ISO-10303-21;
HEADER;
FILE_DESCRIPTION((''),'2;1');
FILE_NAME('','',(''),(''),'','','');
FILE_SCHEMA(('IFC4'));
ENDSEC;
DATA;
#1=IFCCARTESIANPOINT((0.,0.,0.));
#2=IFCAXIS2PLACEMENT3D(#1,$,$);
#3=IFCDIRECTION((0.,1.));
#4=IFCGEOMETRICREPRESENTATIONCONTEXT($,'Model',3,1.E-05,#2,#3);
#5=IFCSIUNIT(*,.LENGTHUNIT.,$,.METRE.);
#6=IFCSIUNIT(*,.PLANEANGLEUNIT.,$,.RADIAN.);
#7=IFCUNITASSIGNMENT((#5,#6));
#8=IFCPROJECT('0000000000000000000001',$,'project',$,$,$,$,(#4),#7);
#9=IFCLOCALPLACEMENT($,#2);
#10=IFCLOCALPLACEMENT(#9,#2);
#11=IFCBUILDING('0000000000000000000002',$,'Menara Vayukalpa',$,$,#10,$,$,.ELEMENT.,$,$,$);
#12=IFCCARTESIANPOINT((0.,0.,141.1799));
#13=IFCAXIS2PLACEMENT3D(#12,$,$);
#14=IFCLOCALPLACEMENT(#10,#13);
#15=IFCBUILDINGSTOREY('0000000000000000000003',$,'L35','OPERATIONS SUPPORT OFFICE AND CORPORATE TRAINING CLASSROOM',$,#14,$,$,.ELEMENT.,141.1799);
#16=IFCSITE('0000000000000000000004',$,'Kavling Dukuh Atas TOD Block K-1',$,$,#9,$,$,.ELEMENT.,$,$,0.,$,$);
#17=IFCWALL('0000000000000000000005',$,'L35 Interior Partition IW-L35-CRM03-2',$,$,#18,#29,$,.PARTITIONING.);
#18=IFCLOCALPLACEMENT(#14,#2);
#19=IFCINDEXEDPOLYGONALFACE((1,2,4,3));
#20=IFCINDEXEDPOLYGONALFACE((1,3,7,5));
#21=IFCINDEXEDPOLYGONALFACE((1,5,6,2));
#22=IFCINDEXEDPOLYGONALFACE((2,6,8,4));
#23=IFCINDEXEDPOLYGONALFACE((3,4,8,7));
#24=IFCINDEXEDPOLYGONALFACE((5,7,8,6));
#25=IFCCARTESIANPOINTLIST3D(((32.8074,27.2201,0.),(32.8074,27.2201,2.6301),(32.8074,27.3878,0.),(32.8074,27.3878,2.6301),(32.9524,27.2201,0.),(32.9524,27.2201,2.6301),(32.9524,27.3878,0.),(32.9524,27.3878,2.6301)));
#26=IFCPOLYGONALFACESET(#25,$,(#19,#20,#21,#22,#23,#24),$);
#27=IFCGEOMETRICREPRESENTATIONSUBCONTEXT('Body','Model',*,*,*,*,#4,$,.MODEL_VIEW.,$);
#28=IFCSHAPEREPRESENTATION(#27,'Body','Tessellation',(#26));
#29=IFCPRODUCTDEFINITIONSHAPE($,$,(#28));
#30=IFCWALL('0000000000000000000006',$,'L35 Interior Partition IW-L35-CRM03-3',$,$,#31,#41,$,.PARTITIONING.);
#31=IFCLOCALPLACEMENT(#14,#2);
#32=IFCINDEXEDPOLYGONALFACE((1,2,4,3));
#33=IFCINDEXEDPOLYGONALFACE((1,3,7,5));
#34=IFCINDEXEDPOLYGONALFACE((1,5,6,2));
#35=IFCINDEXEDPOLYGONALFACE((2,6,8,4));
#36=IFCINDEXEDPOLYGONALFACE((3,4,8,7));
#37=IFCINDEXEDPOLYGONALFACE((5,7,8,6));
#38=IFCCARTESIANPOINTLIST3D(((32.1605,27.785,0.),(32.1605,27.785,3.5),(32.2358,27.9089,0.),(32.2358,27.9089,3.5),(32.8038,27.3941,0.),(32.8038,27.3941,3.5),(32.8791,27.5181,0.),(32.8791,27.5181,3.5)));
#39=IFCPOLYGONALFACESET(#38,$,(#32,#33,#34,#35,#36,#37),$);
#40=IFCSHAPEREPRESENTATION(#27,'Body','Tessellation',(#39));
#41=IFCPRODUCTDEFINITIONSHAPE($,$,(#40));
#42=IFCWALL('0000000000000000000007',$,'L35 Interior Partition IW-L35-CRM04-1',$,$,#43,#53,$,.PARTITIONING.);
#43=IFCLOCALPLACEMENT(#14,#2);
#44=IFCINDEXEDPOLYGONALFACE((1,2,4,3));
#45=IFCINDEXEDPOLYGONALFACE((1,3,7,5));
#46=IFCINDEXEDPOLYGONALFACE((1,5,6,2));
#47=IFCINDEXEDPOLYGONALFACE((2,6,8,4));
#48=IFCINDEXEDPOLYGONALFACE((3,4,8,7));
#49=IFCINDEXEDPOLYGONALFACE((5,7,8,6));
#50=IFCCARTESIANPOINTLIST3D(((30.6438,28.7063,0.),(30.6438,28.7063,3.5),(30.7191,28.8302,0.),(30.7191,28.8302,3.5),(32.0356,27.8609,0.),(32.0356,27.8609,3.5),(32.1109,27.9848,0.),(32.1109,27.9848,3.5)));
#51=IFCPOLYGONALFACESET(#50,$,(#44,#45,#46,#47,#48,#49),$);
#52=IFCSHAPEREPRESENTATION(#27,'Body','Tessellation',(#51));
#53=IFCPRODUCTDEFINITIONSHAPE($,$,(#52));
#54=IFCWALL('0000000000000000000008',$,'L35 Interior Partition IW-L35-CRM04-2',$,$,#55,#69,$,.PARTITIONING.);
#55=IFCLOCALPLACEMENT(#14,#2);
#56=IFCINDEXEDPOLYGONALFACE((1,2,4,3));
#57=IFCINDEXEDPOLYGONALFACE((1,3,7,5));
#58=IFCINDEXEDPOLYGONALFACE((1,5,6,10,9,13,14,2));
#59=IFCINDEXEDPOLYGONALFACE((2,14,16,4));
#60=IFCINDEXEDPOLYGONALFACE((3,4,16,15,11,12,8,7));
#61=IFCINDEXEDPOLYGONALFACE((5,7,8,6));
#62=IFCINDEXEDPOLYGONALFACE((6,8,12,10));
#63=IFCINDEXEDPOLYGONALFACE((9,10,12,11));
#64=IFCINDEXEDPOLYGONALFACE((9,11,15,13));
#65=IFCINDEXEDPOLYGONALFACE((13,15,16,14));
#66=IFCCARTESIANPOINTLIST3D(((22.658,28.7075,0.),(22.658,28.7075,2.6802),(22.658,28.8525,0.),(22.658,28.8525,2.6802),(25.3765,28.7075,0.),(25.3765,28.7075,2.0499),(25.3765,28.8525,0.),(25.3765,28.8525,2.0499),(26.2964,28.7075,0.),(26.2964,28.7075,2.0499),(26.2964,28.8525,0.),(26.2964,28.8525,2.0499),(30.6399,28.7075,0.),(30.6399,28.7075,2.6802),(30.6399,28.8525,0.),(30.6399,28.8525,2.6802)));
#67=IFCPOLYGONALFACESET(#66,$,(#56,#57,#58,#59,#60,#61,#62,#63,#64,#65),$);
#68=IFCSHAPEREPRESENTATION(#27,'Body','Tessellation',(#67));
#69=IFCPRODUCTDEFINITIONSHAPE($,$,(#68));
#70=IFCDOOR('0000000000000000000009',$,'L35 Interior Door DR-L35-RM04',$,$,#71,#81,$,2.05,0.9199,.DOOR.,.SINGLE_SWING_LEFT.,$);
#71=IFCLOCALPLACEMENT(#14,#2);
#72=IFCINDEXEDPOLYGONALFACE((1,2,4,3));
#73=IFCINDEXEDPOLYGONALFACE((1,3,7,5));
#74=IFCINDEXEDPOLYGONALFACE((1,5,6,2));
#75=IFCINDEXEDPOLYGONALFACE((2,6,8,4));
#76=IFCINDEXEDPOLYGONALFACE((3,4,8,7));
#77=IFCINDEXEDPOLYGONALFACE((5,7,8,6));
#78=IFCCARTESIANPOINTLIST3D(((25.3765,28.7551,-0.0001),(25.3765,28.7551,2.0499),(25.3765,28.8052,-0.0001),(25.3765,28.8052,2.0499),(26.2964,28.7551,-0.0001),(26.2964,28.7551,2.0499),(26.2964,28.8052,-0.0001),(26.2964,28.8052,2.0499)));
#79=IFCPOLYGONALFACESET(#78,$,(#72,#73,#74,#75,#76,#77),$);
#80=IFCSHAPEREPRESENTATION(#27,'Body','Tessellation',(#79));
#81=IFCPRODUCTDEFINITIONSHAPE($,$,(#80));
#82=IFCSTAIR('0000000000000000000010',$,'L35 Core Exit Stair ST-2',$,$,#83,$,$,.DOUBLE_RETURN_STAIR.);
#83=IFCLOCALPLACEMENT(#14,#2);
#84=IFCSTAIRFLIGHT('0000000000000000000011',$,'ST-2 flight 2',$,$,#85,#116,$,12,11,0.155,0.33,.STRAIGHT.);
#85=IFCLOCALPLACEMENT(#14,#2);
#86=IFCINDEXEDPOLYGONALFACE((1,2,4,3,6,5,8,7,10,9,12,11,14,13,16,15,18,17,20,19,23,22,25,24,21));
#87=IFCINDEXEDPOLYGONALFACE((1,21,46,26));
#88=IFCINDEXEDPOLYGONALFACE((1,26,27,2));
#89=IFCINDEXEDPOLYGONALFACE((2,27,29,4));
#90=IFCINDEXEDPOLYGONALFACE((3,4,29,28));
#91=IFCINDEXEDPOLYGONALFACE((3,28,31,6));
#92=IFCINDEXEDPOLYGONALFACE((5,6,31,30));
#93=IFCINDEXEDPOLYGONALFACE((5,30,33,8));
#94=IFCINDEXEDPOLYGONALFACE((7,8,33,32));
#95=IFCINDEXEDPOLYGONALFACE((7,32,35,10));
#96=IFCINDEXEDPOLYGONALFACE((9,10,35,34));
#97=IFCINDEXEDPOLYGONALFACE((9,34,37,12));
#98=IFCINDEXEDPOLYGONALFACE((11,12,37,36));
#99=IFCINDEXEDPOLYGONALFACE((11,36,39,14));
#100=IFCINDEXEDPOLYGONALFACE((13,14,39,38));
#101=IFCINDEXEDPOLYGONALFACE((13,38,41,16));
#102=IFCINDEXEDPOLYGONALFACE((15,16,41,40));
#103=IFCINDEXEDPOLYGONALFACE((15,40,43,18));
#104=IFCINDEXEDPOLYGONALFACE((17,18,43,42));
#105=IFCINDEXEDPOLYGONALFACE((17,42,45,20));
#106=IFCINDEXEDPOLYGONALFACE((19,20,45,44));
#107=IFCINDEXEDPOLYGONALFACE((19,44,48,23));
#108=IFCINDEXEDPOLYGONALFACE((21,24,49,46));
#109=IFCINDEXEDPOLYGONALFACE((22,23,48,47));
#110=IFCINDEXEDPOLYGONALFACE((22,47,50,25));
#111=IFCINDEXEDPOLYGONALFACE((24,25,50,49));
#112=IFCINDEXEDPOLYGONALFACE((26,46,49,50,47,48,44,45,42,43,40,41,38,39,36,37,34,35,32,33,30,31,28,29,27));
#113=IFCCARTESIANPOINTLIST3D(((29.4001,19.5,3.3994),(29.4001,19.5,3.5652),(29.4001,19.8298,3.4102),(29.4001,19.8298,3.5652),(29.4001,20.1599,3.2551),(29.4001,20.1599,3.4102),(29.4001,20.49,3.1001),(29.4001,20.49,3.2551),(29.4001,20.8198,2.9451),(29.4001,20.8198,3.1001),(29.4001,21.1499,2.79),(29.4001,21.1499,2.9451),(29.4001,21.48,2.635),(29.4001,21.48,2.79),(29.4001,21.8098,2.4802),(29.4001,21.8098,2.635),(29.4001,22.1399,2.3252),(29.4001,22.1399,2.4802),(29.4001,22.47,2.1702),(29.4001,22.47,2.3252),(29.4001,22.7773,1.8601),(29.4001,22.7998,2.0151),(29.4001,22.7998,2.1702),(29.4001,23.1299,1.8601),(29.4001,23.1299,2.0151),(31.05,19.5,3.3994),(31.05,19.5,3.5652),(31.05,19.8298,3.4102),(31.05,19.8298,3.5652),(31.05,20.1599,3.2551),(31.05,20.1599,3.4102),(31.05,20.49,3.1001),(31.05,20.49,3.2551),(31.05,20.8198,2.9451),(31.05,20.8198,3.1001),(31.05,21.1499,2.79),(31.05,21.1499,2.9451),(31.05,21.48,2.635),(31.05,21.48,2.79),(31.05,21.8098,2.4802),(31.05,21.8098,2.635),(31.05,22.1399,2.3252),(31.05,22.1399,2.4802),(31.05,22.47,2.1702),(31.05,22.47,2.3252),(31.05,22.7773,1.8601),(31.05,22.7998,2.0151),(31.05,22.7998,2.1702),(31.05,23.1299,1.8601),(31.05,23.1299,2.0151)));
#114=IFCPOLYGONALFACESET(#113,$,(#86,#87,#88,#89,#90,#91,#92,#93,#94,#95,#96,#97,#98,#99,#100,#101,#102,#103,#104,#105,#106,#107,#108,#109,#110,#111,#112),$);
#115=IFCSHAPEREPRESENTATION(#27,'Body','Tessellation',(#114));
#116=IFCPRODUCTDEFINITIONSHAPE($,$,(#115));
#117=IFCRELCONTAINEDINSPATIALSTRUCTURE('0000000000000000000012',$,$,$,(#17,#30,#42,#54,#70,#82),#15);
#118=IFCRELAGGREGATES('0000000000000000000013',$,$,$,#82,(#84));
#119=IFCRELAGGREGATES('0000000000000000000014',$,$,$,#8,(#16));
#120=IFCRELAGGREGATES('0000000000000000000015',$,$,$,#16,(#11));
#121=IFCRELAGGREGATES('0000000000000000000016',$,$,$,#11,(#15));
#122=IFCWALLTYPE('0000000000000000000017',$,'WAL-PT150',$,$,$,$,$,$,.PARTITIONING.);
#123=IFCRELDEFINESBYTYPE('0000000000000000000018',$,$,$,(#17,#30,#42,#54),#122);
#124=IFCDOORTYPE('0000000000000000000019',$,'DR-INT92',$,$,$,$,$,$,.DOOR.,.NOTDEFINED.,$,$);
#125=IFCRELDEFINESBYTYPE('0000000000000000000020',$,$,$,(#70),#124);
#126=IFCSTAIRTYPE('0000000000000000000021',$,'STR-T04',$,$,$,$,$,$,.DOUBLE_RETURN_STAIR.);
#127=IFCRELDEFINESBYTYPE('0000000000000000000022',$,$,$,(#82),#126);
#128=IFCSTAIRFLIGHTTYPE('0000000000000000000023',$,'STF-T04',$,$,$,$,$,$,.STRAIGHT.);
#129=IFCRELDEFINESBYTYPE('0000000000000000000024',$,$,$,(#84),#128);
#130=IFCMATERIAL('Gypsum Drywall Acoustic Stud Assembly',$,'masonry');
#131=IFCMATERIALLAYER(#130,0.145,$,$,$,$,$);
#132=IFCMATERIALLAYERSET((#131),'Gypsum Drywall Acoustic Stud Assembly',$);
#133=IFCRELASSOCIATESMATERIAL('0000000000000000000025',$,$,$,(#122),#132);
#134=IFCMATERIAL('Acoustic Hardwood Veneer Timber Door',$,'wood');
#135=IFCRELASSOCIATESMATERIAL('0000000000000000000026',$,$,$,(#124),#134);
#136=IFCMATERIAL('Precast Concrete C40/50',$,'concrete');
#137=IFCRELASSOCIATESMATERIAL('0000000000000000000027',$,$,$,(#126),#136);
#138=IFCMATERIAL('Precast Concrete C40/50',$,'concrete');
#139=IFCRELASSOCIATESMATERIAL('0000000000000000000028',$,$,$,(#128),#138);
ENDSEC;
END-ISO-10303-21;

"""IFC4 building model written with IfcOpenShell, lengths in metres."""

from ifc_helpers import new_model, si_unit, direction, frame, frame_2d, origin, place, context, subcontext, project, spatial, polyline, rectangle, outline, extrude, material, layer, layer_set, type_object, element, fill, aggregate, save


model = new_model("IFC4")

# Units and contexts
model_context = context("Model", 3, precision=1e-05, world=origin(), true_north=direction((0.0, 1.0)))
body_context = subcontext(model_context, "Body", "Model", "MODEL_VIEW")
ifc_project = project(units=[si_unit("LENGTHUNIT", "METRE"), si_unit("PLANEANGLEUNIT", "RADIAN")], contexts=[model_context])

# Site, building, storey
site_placement = place(None, origin())
site = spatial("IfcSite", under=ifc_project, at=site_placement, Name="Kavling Dukuh Atas TOD Block K-1", CompositionType="ELEMENT", RefElevation=0.0)
building_placement = place(site_placement, origin())
building = spatial("IfcBuilding", under=site, at=building_placement, Name="Menara Vayukalpa", CompositionType="ELEMENT")
storey_placement = place(building_placement, frame((0.0, 0.0, 141.1799)))
storey = spatial("IfcBuildingStorey", under=building, at=storey_placement, Name="L35", Description="OPERATIONS SUPPORT OFFICE AND CORPORATE TRAINING CLASSROOM", CompositionType="ELEMENT", Elevation=141.1799)

# Walls
ifc_material_1 = material(Name="Gypsum Drywall Acoustic Stud Assembly", Category="masonry")
ifc_layer_1 = layer(ifc_material_1, 0.145)
ifc_layer_set_1 = layer_set([ifc_layer_1], Name="Gypsum Drywall Acoustic Stud Assembly")
wall_type_1 = type_object("IfcWallType", Name="WAL-PT150", PredefinedType="PARTITIONING", material=ifc_layer_set_1)
wall_1_placement = place(storey_placement, frame((32.8799, 27.22, 0.0), z_axis=(0.0, 0.0, 1.0), x_axis=(0.0, 1.0, 0.0)))
element("IfcWall", 1, at=wall_1_placement, inside=storey, type_object=wall_type_1, Name="L35 Interior Partition IW-L35-CRM03-2", PredefinedType="PARTITIONING", context=body_context, shape_type="SweptSolid", body=[
    extrude(rectangle(XDim=0.1677, YDim=0.145, at=frame_2d((0.084, 0.0))), origin(), (0.0, 0.0, 1.0), 2.6301),
])
wall_2_placement = place(storey_placement, frame((32.8416, 27.4561, 0.0), z_axis=(0.0, 0.0, 1.0), x_axis=(-0.854618, 0.519257, 0.0)))
element("IfcWall", 2, at=wall_2_placement, inside=storey, type_object=wall_type_1, Name="L35 Interior Partition IW-L35-CRM03-3", PredefinedType="PARTITIONING", context=body_context, shape_type="SweptSolid", body=[
    extrude(rectangle(XDim=0.7527, YDim=0.145, at=frame_2d((0.3765, 0.0))), origin(), (0.0, 0.0, 1.0), 3.5),
])
wall_3_placement = place(storey_placement, frame((32.0732, 27.9229, 0.0), z_axis=(0.0, 0.0, 1.0), x_axis=(-0.854676, 0.519162, 0.0)))
element("IfcWall", 3, at=wall_3_placement, inside=storey, type_object=wall_type_1, Name="L35 Interior Partition IW-L35-CRM04-1", PredefinedType="PARTITIONING", context=body_context, shape_type="SweptSolid", body=[
    extrude(rectangle(XDim=1.6284, YDim=0.145, at=frame_2d((0.8142, 0.0))), origin(), (0.0, 0.0, 1.0), 3.5),
])

# Wall, opening, door
wall_4_placement = place(storey_placement, frame((30.6399, 28.78, 0.0), z_axis=(0.0, 0.0, 1.0), x_axis=(-1.0, 0.0, 0.0)))
wall_4 = element("IfcWall", 4, at=wall_4_placement, inside=storey, type_object=wall_type_1, Name="L35 Interior Partition IW-L35-CRM04-2", PredefinedType="PARTITIONING", context=body_context, shape_type="SweptSolid", body=[
    extrude(rectangle(XDim=7.9819, YDim=0.145, at=frame_2d((3.991, 0.0))), origin(), (0.0, 0.0, 1.0), 2.6802),
])
opening_placement = place(wall_4_placement, frame((4.3435, 0.0, 0.0)))
opening = element("IfcOpeningElement", 5, at=opening_placement, cuts=wall_4, PredefinedType="OPENING", context=body_context, shape_type="SweptSolid", body=[
    extrude(rectangle(XDim=0.9199, YDim=2.05, at=frame_2d((0.46, 1.0249))), frame((0.0, 0.0825, 0.0), z_axis=(0.0, -1.0, 0.0), x_axis=(1.0, 0.0, 0.0)), (0.0, 0.0, 1.0), 0.165),
])
ifc_material_2 = material(Name="Acoustic Hardwood Veneer Timber Door", Category="wood")
door_type = type_object("IfcDoorType", Name="DR-INT92", OperationType="NOTDEFINED", PredefinedType="DOOR", material=ifc_material_2)
door_placement = place(opening_placement, origin())
door = element("IfcDoor", 6, at=door_placement, inside=storey, type_object=door_type, Name="L35 Interior Door DR-L35-RM04", OperationType="SINGLE_SWING_LEFT", OverallHeight=2.05, OverallWidth=0.9199, PredefinedType="DOOR", context=body_context, shape_type="SweptSolid", body=[
    extrude(rectangle(XDim=0.9199, YDim=2.05, at=frame_2d((0.46, 1.0249))), frame((0.0, 0.0249, 0.0), z_axis=(0.0, -1.0, 0.0), x_axis=(1.0, 0.0, 0.0)), (0.0, 0.0, 1.0), 0.05),
])
fill(opening, door)

# Stair, stair flight
ifc_material_3 = material(Name="Precast Concrete C40/50", Category="concrete")
stair_type = type_object("IfcStairType", Name="STR-T04", PredefinedType="DOUBLE_RETURN_STAIR", material=ifc_material_3)
stair_placement = place(storey_placement, origin())
stair = element("IfcStair", 7, at=stair_placement, inside=storey, type_object=stair_type, Name="L35 Core Exit Stair ST-2", PredefinedType="DOUBLE_RETURN_STAIR")
ifc_material_4 = material(Name="Precast Concrete C40/50", Category="concrete")
stair_flight_type = type_object("IfcStairFlightType", Name="STF-T04", PredefinedType="STRAIGHT", material=ifc_material_4)
stair_flight_placement = place(storey_placement, frame((30.2251, 23.1299, 1.8601), z_axis=(0.0, 0.0, 1.0), x_axis=(0.0, -1.0, 0.0)))
stair_flight = element("IfcStairFlight", 8, at=stair_flight_placement, type_object=stair_flight_type, Name="ST-2 flight 2", NumberOfRisers=12, NumberOfTreads=11, PredefinedType="STRAIGHT", RiserHeight=0.155, TreadLength=0.33, context=body_context, shape_type="SweptSolid", body=[
    extrude(outline(polyline([(0.0, 0.0), (0.0, 0.155), (0.3301, 0.155), (0.3301, 0.3101), (0.6599, 0.3101), (0.6599, 0.4651), (0.99, 0.4651), (0.99, 0.6201), (1.3201, 0.6201), (1.3201, 0.7749), (1.6499, 0.7749), (1.6499, 0.9299), (1.98, 0.9299), (1.98, 1.085), (2.3101, 1.085), (2.3101, 1.24), (2.6399, 1.24), (2.6399, 1.395), (2.97, 1.395), (2.97, 1.55), (3.3, 1.55), (3.3, 1.7051), (3.6299, 1.7051), (3.6299, 1.8601), (3.6299, 1.5393), (0.3525, 0.0), (0.0, 0.0)])), frame((0.0, 0.825, 0.0), z_axis=(0.0, -1.0, 0.0), x_axis=(1.0, 0.0, 0.0)), (0.0, 0.0, 1.0), 1.6499),
])
aggregate(stair, [stair_flight])

save(model, "model.ifc")
